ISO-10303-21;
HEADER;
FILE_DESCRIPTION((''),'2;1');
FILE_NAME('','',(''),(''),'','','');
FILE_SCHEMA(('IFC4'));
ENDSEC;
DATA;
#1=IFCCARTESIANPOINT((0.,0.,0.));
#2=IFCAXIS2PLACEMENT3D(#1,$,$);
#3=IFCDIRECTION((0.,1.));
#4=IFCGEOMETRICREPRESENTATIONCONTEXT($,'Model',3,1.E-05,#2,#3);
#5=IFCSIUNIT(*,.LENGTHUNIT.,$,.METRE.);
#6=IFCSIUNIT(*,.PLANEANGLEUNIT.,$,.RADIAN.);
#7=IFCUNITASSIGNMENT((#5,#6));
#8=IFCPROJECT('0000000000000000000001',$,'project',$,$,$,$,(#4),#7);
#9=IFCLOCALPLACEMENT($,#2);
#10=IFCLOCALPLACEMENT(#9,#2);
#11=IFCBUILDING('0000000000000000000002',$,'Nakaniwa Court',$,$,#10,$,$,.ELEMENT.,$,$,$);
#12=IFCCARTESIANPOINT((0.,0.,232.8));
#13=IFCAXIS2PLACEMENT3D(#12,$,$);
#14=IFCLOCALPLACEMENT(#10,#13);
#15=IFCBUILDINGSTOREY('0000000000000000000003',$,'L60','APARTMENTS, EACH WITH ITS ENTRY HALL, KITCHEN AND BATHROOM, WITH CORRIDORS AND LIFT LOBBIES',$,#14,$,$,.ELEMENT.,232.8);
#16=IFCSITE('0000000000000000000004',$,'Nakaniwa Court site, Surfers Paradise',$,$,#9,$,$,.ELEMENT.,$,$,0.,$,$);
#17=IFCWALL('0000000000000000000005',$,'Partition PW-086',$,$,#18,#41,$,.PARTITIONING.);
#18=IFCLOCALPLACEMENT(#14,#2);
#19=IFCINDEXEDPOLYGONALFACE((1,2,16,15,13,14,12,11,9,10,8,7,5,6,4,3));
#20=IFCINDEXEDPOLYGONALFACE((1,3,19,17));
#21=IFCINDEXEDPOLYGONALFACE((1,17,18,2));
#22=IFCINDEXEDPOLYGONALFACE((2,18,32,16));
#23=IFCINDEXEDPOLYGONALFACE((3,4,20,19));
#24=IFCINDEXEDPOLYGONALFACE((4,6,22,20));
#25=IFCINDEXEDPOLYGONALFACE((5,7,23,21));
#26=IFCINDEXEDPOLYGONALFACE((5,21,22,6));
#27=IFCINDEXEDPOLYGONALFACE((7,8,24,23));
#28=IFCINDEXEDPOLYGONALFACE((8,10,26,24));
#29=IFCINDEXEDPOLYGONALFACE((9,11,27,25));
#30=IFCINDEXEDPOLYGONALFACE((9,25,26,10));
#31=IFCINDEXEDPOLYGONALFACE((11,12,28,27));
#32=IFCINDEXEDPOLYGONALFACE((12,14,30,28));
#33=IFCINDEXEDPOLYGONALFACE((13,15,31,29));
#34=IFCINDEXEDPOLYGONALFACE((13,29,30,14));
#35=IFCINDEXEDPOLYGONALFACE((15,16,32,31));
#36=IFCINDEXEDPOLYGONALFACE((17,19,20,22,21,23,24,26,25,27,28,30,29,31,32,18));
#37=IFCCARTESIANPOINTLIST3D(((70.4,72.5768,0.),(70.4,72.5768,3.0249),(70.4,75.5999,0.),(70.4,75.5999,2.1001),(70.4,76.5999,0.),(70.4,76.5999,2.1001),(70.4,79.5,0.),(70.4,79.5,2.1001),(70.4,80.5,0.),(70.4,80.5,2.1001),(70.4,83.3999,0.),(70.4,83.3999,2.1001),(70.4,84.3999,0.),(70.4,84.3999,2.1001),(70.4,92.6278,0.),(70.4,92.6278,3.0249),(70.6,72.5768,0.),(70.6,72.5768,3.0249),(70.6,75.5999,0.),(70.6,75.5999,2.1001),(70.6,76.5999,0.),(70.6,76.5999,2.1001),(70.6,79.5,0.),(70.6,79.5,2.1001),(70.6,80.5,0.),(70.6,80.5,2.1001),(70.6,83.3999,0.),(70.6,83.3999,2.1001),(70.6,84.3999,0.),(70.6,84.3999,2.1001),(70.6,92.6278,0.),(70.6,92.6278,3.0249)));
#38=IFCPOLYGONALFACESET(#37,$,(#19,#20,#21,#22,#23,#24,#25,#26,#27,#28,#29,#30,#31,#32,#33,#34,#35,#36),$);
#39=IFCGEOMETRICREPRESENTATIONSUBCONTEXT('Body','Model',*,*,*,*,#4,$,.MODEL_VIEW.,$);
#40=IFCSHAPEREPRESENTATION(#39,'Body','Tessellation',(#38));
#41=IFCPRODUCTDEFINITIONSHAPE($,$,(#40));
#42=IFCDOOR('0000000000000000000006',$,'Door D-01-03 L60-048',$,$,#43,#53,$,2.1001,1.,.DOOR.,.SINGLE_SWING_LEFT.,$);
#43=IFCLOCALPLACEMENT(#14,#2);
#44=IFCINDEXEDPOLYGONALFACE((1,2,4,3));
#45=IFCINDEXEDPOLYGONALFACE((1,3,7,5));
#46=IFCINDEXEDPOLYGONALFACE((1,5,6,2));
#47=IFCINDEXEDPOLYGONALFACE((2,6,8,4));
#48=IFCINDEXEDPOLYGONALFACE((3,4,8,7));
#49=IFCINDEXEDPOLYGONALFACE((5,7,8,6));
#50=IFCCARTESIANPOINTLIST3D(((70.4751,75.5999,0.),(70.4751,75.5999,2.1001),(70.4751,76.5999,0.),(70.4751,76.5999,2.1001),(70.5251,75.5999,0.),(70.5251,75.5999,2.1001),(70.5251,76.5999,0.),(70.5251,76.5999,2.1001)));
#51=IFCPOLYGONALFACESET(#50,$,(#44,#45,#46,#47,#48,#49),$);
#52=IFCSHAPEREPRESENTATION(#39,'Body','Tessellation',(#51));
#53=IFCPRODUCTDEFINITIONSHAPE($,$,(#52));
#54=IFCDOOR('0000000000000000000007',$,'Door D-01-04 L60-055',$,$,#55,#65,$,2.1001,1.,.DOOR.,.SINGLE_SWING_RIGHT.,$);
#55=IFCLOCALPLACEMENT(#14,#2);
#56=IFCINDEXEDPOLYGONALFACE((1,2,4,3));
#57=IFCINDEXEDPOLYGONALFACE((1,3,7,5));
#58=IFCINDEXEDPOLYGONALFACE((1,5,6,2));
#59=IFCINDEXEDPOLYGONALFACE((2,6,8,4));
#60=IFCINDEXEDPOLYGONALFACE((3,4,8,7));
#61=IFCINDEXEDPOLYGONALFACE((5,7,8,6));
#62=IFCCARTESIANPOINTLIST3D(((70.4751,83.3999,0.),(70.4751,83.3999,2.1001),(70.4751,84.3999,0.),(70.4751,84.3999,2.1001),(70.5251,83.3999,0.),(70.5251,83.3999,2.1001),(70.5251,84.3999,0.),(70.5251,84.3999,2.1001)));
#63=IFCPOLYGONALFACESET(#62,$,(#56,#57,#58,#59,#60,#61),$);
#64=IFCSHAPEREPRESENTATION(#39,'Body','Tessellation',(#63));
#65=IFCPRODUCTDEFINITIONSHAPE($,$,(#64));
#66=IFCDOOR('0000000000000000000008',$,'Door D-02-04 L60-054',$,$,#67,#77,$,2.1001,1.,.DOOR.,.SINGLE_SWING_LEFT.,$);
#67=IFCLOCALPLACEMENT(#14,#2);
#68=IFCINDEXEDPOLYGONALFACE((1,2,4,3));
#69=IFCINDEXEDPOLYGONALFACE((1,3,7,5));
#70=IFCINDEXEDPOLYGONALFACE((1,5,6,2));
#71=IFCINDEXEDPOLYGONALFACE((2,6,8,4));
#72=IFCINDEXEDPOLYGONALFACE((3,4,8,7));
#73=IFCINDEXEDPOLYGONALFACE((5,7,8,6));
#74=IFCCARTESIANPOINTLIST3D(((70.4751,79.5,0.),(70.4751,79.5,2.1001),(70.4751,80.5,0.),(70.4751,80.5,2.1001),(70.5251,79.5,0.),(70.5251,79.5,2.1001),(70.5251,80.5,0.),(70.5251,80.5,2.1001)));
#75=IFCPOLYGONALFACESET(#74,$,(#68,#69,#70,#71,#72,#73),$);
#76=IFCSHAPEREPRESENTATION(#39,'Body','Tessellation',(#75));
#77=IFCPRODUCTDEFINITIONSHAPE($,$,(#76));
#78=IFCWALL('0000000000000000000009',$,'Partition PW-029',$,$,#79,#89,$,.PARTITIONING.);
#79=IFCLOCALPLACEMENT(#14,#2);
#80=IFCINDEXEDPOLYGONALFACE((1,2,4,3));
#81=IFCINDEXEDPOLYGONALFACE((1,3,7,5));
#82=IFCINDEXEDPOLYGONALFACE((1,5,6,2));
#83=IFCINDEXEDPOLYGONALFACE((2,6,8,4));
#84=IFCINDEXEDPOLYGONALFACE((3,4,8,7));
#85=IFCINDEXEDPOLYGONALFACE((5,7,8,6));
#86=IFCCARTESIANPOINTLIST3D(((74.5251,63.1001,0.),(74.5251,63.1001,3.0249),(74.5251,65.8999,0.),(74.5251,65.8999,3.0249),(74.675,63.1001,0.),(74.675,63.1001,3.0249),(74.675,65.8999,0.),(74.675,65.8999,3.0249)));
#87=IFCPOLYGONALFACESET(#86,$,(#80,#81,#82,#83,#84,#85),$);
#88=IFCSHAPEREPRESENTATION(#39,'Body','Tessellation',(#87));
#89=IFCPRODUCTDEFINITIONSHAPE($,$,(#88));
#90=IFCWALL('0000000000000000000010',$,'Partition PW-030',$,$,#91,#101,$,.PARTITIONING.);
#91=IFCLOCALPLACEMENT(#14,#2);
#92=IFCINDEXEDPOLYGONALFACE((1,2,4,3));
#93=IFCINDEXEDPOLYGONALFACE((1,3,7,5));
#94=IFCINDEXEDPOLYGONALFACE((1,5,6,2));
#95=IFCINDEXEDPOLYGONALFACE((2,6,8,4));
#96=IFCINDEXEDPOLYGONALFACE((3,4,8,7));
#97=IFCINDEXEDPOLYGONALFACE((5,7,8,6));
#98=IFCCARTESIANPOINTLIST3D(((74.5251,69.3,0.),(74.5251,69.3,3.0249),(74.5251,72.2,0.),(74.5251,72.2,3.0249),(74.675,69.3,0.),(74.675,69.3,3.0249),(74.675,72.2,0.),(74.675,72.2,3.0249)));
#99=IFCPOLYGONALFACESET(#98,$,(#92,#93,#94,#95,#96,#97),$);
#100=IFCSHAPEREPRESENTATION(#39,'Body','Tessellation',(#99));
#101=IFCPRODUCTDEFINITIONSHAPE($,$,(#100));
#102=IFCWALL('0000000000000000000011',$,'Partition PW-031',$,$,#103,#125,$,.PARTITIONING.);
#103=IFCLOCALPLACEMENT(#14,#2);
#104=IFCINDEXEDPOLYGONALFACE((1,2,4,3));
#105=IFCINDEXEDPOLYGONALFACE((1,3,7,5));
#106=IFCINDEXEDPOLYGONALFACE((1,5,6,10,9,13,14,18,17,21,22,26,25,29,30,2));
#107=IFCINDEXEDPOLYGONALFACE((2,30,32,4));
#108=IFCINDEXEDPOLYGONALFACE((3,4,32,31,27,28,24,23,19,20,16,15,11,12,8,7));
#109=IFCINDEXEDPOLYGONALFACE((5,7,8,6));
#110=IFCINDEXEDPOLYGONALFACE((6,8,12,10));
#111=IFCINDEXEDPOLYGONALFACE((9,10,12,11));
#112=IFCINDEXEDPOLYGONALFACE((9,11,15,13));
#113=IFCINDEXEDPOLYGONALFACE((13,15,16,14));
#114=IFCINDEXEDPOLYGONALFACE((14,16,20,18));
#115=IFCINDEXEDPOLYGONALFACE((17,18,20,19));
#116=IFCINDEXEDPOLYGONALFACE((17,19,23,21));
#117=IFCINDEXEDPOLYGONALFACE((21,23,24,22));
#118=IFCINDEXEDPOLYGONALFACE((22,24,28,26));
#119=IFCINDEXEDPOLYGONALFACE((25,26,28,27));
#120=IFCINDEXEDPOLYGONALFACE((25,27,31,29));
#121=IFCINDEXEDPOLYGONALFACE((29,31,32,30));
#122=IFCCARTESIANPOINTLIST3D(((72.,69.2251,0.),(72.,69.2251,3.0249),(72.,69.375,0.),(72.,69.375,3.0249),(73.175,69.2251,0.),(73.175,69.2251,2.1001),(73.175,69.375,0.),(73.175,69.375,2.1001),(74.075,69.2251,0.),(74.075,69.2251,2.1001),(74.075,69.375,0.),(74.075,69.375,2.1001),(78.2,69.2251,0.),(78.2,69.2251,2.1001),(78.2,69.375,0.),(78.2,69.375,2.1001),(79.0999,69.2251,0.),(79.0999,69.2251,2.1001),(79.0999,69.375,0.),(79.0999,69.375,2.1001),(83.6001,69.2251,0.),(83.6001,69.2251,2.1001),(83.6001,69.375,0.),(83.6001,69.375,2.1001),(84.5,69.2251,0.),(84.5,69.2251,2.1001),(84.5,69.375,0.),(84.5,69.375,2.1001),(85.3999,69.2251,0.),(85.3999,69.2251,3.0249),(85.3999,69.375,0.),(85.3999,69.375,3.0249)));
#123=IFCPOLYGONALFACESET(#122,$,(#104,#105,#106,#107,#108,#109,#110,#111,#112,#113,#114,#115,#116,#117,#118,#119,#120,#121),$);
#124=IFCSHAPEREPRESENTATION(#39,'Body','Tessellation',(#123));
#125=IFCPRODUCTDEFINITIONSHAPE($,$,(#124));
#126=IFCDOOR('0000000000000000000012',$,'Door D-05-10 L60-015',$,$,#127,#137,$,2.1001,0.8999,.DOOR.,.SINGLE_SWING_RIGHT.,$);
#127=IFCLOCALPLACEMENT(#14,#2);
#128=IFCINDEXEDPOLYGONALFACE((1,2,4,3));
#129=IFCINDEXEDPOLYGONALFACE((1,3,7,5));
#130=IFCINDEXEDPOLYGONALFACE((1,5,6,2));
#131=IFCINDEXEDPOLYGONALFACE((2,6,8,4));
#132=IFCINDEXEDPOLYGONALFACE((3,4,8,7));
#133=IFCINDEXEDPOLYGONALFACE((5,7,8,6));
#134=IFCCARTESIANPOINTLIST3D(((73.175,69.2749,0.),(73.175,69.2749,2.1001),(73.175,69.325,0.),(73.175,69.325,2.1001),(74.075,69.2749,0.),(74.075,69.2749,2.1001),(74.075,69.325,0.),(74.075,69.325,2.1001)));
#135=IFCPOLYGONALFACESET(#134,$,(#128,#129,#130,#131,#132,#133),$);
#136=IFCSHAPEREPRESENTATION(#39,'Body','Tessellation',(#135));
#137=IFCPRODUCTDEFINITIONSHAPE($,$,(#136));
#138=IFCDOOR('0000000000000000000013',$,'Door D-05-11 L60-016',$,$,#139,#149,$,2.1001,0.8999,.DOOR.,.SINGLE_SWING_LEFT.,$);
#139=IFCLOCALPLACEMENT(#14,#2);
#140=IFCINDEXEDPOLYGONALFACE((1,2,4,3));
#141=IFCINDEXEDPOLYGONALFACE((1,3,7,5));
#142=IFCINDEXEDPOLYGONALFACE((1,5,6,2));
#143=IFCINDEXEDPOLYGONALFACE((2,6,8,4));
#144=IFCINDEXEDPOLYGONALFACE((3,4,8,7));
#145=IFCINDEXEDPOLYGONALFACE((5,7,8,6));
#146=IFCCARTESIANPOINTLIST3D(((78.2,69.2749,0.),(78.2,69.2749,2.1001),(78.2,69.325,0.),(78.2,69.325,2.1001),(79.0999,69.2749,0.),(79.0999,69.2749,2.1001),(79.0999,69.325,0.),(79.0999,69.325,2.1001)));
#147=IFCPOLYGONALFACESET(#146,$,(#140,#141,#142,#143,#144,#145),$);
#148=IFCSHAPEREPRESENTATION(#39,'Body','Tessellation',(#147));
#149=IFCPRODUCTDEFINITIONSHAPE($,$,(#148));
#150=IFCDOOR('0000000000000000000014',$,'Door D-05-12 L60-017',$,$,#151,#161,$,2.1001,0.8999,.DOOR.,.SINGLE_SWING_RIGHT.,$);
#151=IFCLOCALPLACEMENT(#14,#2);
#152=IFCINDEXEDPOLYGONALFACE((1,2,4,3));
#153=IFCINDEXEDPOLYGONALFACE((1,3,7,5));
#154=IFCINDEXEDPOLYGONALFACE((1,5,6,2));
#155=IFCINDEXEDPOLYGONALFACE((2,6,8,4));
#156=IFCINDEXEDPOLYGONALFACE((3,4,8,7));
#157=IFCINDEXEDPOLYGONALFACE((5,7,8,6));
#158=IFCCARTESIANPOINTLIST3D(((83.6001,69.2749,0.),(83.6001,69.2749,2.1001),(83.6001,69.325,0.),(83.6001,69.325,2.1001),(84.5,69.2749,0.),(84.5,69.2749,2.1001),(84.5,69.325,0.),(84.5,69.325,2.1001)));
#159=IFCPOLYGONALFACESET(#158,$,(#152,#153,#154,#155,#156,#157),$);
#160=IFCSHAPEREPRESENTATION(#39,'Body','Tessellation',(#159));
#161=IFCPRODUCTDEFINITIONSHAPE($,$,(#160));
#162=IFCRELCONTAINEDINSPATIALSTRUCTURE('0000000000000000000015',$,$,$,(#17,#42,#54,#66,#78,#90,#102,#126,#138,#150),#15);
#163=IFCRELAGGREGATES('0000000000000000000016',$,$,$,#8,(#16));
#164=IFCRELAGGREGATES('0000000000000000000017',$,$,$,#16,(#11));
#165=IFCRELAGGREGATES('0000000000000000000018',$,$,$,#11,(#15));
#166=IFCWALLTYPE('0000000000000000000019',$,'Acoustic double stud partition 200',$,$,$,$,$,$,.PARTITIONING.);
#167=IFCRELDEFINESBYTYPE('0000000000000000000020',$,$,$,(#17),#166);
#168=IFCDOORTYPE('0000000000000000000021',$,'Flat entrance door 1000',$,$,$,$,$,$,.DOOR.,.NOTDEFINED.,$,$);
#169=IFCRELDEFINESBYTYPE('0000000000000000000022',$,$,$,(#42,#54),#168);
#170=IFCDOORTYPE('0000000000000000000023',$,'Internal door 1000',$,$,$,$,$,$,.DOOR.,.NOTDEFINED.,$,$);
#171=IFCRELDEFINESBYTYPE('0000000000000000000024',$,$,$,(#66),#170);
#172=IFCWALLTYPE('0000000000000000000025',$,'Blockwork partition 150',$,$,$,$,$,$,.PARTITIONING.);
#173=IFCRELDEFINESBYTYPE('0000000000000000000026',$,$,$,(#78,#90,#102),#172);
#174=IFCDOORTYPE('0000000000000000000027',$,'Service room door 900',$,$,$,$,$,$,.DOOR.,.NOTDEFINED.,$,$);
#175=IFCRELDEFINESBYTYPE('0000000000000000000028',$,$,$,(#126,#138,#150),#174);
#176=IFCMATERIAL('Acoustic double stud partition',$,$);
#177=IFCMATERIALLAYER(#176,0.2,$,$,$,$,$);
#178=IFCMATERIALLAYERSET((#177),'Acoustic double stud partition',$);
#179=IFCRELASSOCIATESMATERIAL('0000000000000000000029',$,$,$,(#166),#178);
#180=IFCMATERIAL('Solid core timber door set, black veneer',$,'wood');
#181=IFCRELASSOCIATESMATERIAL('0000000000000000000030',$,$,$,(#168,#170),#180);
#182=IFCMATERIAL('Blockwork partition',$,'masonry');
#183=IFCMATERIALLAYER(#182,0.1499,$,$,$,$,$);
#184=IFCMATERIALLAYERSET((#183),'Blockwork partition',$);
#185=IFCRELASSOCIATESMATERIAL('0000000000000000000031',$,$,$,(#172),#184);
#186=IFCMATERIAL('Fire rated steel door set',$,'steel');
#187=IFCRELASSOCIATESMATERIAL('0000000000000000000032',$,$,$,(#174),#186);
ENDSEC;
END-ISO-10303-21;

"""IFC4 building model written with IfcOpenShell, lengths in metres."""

from ifc_helpers import new_model, si_unit, direction, frame, frame_2d, origin, place, context, subcontext, project, spatial, rectangle, extrude, material, layer, layer_set, type_object, element, fill, save


model = new_model("IFC4")

# Units and contexts
model_context = context("Model", 3, precision=1e-05, world=origin(), true_north=direction((0.0, 1.0)))
body_context = subcontext(model_context, "Body", "Model", "MODEL_VIEW")
ifc_project = project(units=[si_unit("LENGTHUNIT", "METRE"), si_unit("PLANEANGLEUNIT", "RADIAN")], contexts=[model_context])

# Site, building, storey
site_placement = place(None, origin())
site = spatial("IfcSite", under=ifc_project, at=site_placement, Name="Nakaniwa Court site, Surfers Paradise", CompositionType="ELEMENT", RefElevation=0.0)
building_placement = place(site_placement, origin())
building = spatial("IfcBuilding", under=site, at=building_placement, Name="Nakaniwa Court", CompositionType="ELEMENT")
storey_placement = place(building_placement, frame((0.0, 0.0, 232.8)))
storey = spatial("IfcBuildingStorey", under=building, at=storey_placement, Name="L60", Description="APARTMENTS, EACH WITH ITS ENTRY HALL, KITCHEN AND BATHROOM, WITH CORRIDORS AND LIFT LOBBIES", CompositionType="ELEMENT", Elevation=232.8)

# Shared definitions
ifc_material_1 = material(Name="Acoustic double stud partition")
ifc_layer_1 = layer(ifc_material_1, 0.2)
ifc_layer_set_1 = layer_set([ifc_layer_1], Name="Acoustic double stud partition")
wall_type_1 = type_object("IfcWallType", Name="Acoustic double stud partition 200", PredefinedType="PARTITIONING", material=ifc_layer_set_1)

# Wall, openings, doors
wall_1_placement = place(storey_placement, frame((70.5, 72.5769, 0.0), z_axis=(0.0, 0.0, 1.0), x_axis=(0.0, 1.0, 0.0)))
wall_1 = element("IfcWall", 1, at=wall_1_placement, inside=storey, type_object=wall_type_1, Name="Partition PW-086", PredefinedType="PARTITIONING", context=body_context, shape_type="SweptSolid", body=[
    extrude(rectangle(XDim=20.051, YDim=0.2, at=frame_2d((10.0254, 0.0))), origin(), (0.0, 0.0, 1.0), 3.0249),
])
opening_1_placement = place(wall_1_placement, frame((3.0229, 0.0, 0.0)))
opening_1 = element("IfcOpeningElement", 2, at=opening_1_placement, cuts=wall_1, PredefinedType="OPENING", context=body_context, shape_type="SweptSolid", body=[
    extrude(rectangle(XDim=1.0, YDim=2.1001, at=frame_2d((0.5, 1.05))), frame((0.0, 0.1099, 0.0), z_axis=(0.0, -1.0, 0.0), x_axis=(1.0, 0.0, 0.0)), (0.0, 0.0, 1.0), 0.22),
])
opening_2_placement = place(wall_1_placement, frame((6.9231, 0.0, 0.0)))
opening_2 = element("IfcOpeningElement", 3, at=opening_2_placement, cuts=wall_1, PredefinedType="OPENING", context=body_context, shape_type="SweptSolid", body=[
    extrude(rectangle(XDim=1.0, YDim=2.1001, at=frame_2d((0.5, 1.05))), frame((0.0, 0.1099, 0.0), z_axis=(0.0, -1.0, 0.0), x_axis=(1.0, 0.0, 0.0)), (0.0, 0.0, 1.0), 0.22),
])
opening_3_placement = place(wall_1_placement, frame((10.823, 0.0, 0.0)))
opening_3 = element("IfcOpeningElement", 4, at=opening_3_placement, cuts=wall_1, PredefinedType="OPENING", context=body_context, shape_type="SweptSolid", body=[
    extrude(rectangle(XDim=1.0, YDim=2.1001, at=frame_2d((0.5, 1.05))), frame((0.0, 0.1099, 0.0), z_axis=(0.0, -1.0, 0.0), x_axis=(1.0, 0.0, 0.0)), (0.0, 0.0, 1.0), 0.22),
])
ifc_material_2 = material(Name="Solid core timber door set, black veneer", Category="wood")
door_type_1 = type_object("IfcDoorType", Name="Flat entrance door 1000", OperationType="NOTDEFINED", PredefinedType="DOOR", material=ifc_material_2)
door_1_placement = place(opening_1_placement, origin())
door_1 = element("IfcDoor", 5, at=door_1_placement, inside=storey, type_object=door_type_1, Name="Door D-01-03 L60-048", OperationType="SINGLE_SWING_LEFT", OverallHeight=2.1001, OverallWidth=1.0, PredefinedType="DOOR", context=body_context, shape_type="SweptSolid", body=[
    extrude(rectangle(XDim=1.0, YDim=2.1001, at=frame_2d((0.5, 1.05))), frame((0.0, 0.0249, 0.0), z_axis=(0.0, -1.0, 0.0), x_axis=(1.0, 0.0, 0.0)), (0.0, 0.0, 1.0), 0.05),
])
fill(opening_1, door_1)
door_2_placement = place(opening_3_placement, origin())
door_2 = element("IfcDoor", 6, at=door_2_placement, inside=storey, type_object=door_type_1, Name="Door D-01-04 L60-055", OperationType="SINGLE_SWING_RIGHT", OverallHeight=2.1001, OverallWidth=1.0, PredefinedType="DOOR", context=body_context, shape_type="SweptSolid", body=[
    extrude(rectangle(XDim=1.0, YDim=2.1001, at=frame_2d((0.5, 1.05))), frame((0.0, 0.0249, 0.0), z_axis=(0.0, -1.0, 0.0), x_axis=(1.0, 0.0, 0.0)), (0.0, 0.0, 1.0), 0.05),
])
fill(opening_3, door_2)
door_type_2 = type_object("IfcDoorType", Name="Internal door 1000", OperationType="NOTDEFINED", PredefinedType="DOOR", material=ifc_material_2)
door_3_placement = place(opening_2_placement, origin())
door_3 = element("IfcDoor", 7, at=door_3_placement, inside=storey, type_object=door_type_2, Name="Door D-02-04 L60-054", OperationType="SINGLE_SWING_LEFT", OverallHeight=2.1001, OverallWidth=1.0, PredefinedType="DOOR", context=body_context, shape_type="SweptSolid", body=[
    extrude(rectangle(XDim=1.0, YDim=2.1001, at=frame_2d((0.5, 1.05))), frame((0.0, 0.0249, 0.0), z_axis=(0.0, -1.0, 0.0), x_axis=(1.0, 0.0, 0.0)), (0.0, 0.0, 1.0), 0.05),
])
fill(opening_2, door_3)

# Walls
ifc_material_3 = material(Name="Blockwork partition", Category="masonry")
ifc_layer_2 = layer(ifc_material_3, 0.1499)
ifc_layer_set_2 = layer_set([ifc_layer_2], Name="Blockwork partition")
wall_type_2 = type_object("IfcWallType", Name="Blockwork partition 150", PredefinedType="PARTITIONING", material=ifc_layer_set_2)
wall_2_placement = place(storey_placement, frame((74.6001, 63.1001, 0.0), z_axis=(0.0, 0.0, 1.0), x_axis=(0.0, 1.0, 0.0)))
element("IfcWall", 8, at=wall_2_placement, inside=storey, type_object=wall_type_2, Name="Partition PW-029", PredefinedType="PARTITIONING", context=body_context, shape_type="SweptSolid", body=[
    extrude(rectangle(XDim=2.7998, YDim=0.1499, at=frame_2d((1.3999, 0.0))), origin(), (0.0, 0.0, 1.0), 3.0249),
])
wall_3_placement = place(storey_placement, frame((74.6001, 69.3, 0.0), z_axis=(0.0, 0.0, 1.0), x_axis=(0.0, 1.0, 0.0)))
element("IfcWall", 9, at=wall_3_placement, inside=storey, type_object=wall_type_2, Name="Partition PW-030", PredefinedType="PARTITIONING", context=body_context, shape_type="SweptSolid", body=[
    extrude(rectangle(XDim=2.8999, YDim=0.1499, at=frame_2d((1.45, 0.0))), origin(), (0.0, 0.0, 1.0), 3.0249),
])

# Wall, openings, doors
wall_4_placement = place(storey_placement, frame((72.0, 69.3, 0.0), z_axis=(0.0, 0.0, 1.0), x_axis=(1.0, 0.0, 0.0)))
wall_4 = element("IfcWall", 10, at=wall_4_placement, inside=storey, type_object=wall_type_2, Name="Partition PW-031", PredefinedType="PARTITIONING", context=body_context, shape_type="SweptSolid", body=[
    extrude(rectangle(XDim=13.3999, YDim=0.1499, at=frame_2d((6.7, 0.0))), origin(), (0.0, 0.0, 1.0), 3.0249),
])
opening_4_placement = place(wall_4_placement, frame((1.175, 0.0, 0.0)))
opening_4 = element("IfcOpeningElement", 11, at=opening_4_placement, cuts=wall_4, PredefinedType="OPENING", context=body_context, shape_type="SweptSolid", body=[
    extrude(rectangle(XDim=0.8999, YDim=2.1001, at=frame_2d((0.45, 1.05))), frame((0.0, 0.085, 0.0), z_axis=(0.0, -1.0, 0.0), x_axis=(1.0, 0.0, 0.0)), (0.0, 0.0, 1.0), 0.1699),
])
opening_5_placement = place(wall_4_placement, frame((6.2, 0.0, 0.0)))
opening_5 = element("IfcOpeningElement", 12, at=opening_5_placement, cuts=wall_4, PredefinedType="OPENING", context=body_context, shape_type="SweptSolid", body=[
    extrude(rectangle(XDim=0.8999, YDim=2.1001, at=frame_2d((0.45, 1.05))), frame((0.0, 0.085, 0.0), z_axis=(0.0, -1.0, 0.0), x_axis=(1.0, 0.0, 0.0)), (0.0, 0.0, 1.0), 0.1699),
])
opening_6_placement = place(wall_4_placement, frame((11.6001, 0.0, 0.0)))
opening_6 = element("IfcOpeningElement", 13, at=opening_6_placement, cuts=wall_4, PredefinedType="OPENING", context=body_context, shape_type="SweptSolid", body=[
    extrude(rectangle(XDim=0.8999, YDim=2.1001, at=frame_2d((0.45, 1.05))), frame((0.0, 0.085, 0.0), z_axis=(0.0, -1.0, 0.0), x_axis=(1.0, 0.0, 0.0)), (0.0, 0.0, 1.0), 0.1699),
])
ifc_material_4 = material(Name="Fire rated steel door set", Category="steel")
door_type_3 = type_object("IfcDoorType", Name="Service room door 900", OperationType="NOTDEFINED", PredefinedType="DOOR", material=ifc_material_4)
door_4_placement = place(opening_4_placement, origin())
door_4 = element("IfcDoor", 14, at=door_4_placement, inside=storey, type_object=door_type_3, Name="Door D-05-10 L60-015", OperationType="SINGLE_SWING_RIGHT", OverallHeight=2.1001, OverallWidth=0.8999, PredefinedType="DOOR", context=body_context, shape_type="SweptSolid", body=[
    extrude(rectangle(XDim=0.8999, YDim=2.1001, at=frame_2d((0.45, 1.05))), frame((0.0, 0.0249, 0.0), z_axis=(0.0, -1.0, 0.0), x_axis=(1.0, 0.0, 0.0)), (0.0, 0.0, 1.0), 0.05),
])
fill(opening_4, door_4)
door_5_placement = place(opening_5_placement, origin())
door_5 = element("IfcDoor", 15, at=door_5_placement, inside=storey, type_object=door_type_3, Name="Door D-05-11 L60-016", OperationType="SINGLE_SWING_LEFT", OverallHeight=2.1001, OverallWidth=0.8999, PredefinedType="DOOR", context=body_context, shape_type="SweptSolid", body=[
    extrude(rectangle(XDim=0.8999, YDim=2.1001, at=frame_2d((0.45, 1.05))), frame((0.0, 0.0249, 0.0), z_axis=(0.0, -1.0, 0.0), x_axis=(1.0, 0.0, 0.0)), (0.0, 0.0, 1.0), 0.05),
])
fill(opening_5, door_5)
door_6_placement = place(opening_6_placement, origin())
door_6 = element("IfcDoor", 16, at=door_6_placement, inside=storey, type_object=door_type_3, Name="Door D-05-12 L60-017", OperationType="SINGLE_SWING_RIGHT", OverallHeight=2.1001, OverallWidth=0.8999, PredefinedType="DOOR", context=body_context, shape_type="SweptSolid", body=[
    extrude(rectangle(XDim=0.8999, YDim=2.1001, at=frame_2d((0.45, 1.05))), frame((0.0, 0.0249, 0.0), z_axis=(0.0, -1.0, 0.0), x_axis=(1.0, 0.0, 0.0)), (0.0, 0.0, 1.0), 0.05),
])
fill(opening_6, door_6)

save(model, "model.ifc")
